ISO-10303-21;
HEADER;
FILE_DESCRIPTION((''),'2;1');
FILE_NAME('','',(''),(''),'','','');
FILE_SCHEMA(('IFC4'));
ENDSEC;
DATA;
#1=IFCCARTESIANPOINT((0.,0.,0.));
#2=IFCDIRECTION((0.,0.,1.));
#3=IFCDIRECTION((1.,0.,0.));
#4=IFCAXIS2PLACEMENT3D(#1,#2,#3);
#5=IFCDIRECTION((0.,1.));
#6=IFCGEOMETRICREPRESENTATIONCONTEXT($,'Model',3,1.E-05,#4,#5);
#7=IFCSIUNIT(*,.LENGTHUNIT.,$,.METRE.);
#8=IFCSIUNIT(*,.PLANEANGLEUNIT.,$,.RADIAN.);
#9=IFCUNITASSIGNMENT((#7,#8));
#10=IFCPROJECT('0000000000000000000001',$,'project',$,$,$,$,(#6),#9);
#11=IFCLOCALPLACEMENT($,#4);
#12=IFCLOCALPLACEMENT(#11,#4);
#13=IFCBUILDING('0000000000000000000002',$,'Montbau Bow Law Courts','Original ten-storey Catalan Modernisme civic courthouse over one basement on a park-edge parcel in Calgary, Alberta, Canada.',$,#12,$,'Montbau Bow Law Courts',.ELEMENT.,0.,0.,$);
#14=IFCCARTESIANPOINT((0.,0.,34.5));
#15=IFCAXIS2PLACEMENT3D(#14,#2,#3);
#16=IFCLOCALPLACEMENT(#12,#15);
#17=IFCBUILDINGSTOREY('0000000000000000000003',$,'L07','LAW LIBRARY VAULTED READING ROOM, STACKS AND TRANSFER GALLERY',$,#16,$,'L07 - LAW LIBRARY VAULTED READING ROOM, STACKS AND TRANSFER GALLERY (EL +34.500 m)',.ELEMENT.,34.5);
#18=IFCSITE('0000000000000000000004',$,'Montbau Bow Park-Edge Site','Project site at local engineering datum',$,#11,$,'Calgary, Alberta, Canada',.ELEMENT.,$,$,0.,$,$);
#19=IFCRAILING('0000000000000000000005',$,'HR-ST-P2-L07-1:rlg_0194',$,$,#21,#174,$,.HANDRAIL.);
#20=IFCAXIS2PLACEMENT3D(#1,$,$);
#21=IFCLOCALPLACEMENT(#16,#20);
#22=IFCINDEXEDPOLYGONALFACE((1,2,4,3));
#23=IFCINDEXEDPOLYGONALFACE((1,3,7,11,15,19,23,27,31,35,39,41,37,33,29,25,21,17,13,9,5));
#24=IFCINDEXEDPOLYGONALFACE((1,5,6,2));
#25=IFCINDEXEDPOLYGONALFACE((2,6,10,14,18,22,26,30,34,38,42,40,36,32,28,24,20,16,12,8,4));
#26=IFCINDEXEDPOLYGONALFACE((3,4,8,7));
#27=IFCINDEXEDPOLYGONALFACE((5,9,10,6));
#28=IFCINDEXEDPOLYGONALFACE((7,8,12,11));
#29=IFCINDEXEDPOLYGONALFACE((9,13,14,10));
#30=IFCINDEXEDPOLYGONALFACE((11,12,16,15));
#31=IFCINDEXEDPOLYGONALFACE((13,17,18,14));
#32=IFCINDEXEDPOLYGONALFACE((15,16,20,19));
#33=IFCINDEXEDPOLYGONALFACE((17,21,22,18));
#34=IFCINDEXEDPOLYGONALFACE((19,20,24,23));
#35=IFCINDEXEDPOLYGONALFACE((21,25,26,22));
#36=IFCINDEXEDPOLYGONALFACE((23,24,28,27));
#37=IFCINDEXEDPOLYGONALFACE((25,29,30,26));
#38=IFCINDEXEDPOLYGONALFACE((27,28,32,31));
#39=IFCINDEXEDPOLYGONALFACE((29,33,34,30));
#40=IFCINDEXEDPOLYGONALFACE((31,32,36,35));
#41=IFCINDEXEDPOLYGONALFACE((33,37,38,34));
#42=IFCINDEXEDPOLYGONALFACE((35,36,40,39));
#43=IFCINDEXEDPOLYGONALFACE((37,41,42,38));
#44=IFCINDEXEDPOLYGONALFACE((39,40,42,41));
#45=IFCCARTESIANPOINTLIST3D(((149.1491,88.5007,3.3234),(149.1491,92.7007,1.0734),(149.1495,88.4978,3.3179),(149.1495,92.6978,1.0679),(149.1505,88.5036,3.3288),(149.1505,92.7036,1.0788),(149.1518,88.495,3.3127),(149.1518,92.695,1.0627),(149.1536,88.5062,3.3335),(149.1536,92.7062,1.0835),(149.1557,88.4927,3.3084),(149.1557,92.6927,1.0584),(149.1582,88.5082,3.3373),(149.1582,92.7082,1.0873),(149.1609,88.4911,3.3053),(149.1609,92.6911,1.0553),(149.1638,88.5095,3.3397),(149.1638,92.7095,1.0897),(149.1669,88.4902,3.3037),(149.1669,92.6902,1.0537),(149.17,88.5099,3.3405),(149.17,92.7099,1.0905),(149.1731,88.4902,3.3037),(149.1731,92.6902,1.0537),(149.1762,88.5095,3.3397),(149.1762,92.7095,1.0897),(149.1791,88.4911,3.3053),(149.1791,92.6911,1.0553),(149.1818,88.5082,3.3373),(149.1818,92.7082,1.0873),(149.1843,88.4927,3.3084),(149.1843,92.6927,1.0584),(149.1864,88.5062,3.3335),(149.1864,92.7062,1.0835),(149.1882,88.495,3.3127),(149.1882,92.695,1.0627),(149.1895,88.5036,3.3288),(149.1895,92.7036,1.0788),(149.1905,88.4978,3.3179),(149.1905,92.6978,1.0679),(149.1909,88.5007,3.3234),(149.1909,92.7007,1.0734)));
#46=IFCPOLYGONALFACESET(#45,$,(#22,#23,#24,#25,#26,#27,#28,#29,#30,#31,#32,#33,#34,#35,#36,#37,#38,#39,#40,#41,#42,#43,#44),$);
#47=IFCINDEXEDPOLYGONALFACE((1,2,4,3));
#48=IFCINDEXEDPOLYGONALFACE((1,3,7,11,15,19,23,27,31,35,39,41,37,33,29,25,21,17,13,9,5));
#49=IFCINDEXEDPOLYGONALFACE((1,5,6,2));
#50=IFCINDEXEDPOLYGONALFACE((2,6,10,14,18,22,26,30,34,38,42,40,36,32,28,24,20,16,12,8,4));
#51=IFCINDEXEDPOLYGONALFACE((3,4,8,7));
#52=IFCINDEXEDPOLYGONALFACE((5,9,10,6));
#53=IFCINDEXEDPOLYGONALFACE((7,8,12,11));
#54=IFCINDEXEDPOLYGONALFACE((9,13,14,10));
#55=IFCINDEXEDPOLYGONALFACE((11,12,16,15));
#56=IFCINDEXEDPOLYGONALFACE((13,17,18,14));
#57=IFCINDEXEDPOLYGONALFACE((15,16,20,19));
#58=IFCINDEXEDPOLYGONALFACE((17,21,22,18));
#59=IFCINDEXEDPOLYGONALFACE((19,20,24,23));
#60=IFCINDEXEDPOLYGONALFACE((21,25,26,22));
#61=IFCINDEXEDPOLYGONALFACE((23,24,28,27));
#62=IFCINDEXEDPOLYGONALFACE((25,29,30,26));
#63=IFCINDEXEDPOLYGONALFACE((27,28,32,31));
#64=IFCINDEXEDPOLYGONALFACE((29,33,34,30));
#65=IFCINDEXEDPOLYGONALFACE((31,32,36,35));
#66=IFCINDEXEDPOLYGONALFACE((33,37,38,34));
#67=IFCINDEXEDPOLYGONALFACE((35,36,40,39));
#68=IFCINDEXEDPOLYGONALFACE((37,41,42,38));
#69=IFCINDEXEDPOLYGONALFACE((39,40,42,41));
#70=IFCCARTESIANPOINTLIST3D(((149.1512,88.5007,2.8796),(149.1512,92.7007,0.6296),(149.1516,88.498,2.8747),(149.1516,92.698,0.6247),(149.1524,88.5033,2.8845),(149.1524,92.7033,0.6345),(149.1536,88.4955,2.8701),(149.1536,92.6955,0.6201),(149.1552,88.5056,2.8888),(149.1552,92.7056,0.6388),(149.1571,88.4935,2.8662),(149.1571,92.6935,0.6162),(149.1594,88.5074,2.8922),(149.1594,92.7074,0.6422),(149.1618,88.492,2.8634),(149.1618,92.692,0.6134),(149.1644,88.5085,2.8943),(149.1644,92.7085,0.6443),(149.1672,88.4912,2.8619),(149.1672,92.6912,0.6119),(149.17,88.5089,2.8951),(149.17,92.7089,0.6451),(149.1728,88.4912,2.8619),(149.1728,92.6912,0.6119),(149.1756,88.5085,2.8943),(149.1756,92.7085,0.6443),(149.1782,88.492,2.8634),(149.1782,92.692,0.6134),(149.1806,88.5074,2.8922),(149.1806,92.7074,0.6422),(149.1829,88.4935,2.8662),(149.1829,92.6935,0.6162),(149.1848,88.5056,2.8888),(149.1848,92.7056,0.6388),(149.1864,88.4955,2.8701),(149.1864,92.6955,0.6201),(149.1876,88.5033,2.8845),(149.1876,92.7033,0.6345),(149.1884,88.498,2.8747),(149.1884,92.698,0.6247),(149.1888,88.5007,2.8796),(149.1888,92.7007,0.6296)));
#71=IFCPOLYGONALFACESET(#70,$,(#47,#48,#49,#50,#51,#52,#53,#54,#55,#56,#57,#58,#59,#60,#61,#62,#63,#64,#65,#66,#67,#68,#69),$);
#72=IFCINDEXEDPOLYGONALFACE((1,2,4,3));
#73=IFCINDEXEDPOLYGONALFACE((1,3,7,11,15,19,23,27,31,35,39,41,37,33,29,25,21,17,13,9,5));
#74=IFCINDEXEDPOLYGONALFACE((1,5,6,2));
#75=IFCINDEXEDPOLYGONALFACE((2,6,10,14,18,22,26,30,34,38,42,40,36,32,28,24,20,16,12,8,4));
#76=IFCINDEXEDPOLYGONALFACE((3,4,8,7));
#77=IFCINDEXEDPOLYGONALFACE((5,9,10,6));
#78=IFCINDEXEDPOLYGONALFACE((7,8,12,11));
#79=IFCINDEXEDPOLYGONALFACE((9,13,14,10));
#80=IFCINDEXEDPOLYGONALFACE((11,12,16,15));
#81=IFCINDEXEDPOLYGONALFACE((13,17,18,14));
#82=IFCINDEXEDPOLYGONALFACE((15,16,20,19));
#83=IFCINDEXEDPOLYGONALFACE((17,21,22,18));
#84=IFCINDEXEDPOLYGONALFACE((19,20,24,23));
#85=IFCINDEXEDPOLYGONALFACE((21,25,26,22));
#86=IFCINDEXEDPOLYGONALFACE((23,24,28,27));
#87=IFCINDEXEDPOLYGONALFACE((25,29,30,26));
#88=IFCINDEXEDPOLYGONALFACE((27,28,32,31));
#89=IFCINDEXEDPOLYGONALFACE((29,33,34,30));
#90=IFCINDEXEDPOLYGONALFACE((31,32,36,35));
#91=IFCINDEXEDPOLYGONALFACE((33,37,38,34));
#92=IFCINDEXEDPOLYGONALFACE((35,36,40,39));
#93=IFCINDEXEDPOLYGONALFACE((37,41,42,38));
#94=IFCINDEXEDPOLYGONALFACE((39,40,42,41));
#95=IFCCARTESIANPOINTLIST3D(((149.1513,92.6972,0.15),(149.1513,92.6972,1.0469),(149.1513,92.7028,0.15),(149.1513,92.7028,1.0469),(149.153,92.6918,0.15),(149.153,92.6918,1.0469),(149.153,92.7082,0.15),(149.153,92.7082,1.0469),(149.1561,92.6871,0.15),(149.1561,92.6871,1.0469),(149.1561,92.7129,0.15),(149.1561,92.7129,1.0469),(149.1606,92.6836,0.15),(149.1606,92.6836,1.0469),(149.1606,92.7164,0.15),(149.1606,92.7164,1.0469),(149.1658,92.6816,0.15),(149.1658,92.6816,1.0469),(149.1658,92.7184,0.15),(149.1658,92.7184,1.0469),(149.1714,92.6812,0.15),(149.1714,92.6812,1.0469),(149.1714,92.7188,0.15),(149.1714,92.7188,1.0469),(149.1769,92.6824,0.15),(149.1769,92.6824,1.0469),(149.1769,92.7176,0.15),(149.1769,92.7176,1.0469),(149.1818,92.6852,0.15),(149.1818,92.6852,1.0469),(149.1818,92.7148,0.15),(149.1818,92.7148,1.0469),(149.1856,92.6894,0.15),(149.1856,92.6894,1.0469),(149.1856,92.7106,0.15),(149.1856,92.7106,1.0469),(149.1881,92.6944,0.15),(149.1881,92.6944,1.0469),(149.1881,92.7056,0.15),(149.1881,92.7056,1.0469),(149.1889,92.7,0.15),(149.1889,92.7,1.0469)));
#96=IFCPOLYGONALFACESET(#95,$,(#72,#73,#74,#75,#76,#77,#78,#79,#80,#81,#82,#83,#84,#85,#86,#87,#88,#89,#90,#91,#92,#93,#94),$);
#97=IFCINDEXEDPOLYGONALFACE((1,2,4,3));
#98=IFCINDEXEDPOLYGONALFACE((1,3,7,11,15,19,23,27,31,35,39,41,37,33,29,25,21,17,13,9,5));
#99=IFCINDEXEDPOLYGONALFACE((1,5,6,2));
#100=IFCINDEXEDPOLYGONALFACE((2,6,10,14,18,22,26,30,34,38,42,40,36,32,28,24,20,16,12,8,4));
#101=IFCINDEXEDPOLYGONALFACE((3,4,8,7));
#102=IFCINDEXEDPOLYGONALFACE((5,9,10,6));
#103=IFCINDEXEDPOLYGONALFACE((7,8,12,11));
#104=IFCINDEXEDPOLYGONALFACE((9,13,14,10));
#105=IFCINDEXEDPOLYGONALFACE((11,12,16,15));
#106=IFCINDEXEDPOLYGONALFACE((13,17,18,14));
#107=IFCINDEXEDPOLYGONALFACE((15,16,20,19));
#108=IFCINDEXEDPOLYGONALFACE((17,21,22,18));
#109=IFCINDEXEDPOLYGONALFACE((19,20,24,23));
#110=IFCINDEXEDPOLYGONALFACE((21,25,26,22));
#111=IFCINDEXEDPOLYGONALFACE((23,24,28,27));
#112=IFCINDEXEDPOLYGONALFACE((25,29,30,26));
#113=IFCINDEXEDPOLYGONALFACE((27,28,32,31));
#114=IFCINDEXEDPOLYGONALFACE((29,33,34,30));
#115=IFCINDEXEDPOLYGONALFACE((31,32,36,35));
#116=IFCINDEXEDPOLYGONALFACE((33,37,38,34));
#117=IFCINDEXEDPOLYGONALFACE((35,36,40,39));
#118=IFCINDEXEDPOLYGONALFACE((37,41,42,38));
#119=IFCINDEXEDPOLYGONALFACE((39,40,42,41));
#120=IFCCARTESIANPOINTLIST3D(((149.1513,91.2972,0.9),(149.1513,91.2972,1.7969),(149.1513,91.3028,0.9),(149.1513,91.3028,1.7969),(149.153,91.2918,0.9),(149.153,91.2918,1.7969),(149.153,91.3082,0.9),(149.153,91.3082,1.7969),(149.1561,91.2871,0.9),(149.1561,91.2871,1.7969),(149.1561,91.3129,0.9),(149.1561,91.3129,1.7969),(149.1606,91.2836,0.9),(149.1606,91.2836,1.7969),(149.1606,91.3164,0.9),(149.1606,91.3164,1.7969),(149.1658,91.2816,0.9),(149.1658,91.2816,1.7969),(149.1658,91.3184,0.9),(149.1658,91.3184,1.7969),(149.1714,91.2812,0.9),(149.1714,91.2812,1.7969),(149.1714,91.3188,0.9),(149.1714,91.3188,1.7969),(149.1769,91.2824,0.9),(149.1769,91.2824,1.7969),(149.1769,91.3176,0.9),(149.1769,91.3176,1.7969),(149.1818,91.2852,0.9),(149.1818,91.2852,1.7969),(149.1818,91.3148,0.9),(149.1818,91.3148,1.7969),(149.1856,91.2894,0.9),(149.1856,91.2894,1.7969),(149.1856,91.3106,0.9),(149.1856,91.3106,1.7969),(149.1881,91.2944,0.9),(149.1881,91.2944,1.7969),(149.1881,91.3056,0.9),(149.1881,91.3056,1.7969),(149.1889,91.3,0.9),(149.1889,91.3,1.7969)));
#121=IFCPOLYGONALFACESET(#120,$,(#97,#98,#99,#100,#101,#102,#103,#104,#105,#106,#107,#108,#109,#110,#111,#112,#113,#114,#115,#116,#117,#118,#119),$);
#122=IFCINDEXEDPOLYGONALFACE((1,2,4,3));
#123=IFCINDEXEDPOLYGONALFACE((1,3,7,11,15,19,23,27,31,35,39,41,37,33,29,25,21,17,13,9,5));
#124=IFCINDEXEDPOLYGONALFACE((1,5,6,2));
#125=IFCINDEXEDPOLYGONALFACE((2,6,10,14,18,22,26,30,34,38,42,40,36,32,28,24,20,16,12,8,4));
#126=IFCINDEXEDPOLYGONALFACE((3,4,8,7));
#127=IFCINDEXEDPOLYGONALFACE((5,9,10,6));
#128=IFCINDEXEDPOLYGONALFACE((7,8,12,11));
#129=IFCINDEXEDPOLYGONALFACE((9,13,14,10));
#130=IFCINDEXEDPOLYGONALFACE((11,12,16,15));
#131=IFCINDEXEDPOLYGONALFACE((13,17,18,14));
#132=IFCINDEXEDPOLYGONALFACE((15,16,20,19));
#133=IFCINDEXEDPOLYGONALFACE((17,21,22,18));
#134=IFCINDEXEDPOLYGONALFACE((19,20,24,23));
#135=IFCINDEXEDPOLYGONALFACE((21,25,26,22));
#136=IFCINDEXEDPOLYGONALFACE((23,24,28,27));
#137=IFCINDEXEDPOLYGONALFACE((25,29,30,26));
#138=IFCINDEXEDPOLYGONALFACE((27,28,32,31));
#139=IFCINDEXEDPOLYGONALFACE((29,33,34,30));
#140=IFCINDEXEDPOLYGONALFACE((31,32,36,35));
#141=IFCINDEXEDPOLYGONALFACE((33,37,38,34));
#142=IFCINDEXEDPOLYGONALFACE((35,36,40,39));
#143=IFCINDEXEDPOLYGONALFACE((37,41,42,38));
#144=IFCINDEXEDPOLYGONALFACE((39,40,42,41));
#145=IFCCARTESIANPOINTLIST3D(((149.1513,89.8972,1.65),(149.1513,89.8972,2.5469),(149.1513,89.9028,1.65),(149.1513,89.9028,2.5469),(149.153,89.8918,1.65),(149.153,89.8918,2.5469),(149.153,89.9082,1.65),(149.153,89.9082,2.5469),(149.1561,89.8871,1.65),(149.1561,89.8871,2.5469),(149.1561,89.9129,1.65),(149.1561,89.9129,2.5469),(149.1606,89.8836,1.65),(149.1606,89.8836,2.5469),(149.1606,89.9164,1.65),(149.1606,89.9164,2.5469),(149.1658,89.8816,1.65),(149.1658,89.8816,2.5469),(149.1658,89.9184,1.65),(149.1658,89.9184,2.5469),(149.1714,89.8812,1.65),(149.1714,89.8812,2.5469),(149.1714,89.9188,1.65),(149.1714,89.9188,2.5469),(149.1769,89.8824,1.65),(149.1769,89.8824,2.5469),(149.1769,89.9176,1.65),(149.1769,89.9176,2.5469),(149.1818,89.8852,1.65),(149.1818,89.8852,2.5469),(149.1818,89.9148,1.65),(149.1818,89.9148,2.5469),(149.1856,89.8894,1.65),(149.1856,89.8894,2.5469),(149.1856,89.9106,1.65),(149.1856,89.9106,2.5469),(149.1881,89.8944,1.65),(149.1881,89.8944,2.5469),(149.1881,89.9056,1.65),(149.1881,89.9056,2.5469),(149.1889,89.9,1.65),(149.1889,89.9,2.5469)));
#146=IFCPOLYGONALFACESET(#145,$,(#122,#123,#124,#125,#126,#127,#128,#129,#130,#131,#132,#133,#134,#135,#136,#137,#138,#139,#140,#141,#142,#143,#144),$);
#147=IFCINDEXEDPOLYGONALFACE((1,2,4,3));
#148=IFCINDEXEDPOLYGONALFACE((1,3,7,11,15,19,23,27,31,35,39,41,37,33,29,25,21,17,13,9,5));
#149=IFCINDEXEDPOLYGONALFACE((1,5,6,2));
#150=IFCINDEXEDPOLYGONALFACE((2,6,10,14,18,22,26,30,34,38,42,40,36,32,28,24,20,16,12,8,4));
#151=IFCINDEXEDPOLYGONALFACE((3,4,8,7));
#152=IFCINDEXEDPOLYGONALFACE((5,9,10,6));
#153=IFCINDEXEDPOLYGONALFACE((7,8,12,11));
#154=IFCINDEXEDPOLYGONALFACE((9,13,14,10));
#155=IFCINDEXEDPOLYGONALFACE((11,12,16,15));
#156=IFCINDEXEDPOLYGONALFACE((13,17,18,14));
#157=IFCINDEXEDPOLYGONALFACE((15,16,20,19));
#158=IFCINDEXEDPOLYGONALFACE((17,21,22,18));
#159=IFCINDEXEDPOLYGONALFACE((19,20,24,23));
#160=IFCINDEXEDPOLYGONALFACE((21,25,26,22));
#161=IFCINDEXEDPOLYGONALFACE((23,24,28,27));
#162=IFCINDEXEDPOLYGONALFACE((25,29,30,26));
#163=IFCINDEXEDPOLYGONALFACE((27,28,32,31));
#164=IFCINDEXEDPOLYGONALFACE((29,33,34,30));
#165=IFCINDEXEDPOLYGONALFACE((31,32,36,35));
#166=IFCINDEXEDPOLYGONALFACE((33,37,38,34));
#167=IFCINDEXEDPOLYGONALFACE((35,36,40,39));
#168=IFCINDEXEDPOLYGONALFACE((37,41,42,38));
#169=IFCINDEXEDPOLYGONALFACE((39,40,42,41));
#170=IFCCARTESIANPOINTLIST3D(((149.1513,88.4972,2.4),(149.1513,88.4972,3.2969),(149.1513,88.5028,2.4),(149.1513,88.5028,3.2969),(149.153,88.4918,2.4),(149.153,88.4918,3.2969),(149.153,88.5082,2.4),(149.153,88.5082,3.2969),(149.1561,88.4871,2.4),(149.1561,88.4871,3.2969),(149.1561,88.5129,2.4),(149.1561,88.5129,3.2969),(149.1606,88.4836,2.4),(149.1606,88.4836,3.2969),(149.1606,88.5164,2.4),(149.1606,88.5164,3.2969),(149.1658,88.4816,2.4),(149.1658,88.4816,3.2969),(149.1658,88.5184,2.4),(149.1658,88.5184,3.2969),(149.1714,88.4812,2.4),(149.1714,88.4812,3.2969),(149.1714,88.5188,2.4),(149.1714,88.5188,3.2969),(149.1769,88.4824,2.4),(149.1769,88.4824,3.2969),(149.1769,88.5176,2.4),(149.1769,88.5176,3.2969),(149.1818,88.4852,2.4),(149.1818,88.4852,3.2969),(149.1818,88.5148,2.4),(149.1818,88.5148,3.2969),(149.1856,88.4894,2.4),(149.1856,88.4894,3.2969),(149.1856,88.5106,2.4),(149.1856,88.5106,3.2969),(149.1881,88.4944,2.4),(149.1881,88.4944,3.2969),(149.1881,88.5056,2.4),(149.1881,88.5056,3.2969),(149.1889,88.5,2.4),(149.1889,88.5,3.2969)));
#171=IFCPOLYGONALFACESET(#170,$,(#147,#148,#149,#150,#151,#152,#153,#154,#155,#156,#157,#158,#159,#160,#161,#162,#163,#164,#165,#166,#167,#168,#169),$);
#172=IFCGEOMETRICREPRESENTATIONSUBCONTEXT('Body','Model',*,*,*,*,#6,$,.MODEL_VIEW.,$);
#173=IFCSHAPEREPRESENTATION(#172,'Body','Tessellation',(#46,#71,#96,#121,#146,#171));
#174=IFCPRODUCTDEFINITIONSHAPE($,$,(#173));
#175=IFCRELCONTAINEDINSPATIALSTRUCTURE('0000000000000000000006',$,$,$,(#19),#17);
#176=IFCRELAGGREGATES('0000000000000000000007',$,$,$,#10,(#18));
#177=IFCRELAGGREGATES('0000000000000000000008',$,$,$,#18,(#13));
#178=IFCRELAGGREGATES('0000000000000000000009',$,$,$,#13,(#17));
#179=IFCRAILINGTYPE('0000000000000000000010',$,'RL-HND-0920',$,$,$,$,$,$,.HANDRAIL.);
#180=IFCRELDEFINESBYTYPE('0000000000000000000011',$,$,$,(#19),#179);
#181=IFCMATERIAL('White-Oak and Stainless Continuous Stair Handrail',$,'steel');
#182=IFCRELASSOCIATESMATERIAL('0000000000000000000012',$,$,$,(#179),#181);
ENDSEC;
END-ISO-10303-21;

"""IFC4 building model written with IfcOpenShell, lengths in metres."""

from ifc_helpers import new_model, si_unit, direction, frame, origin_with_axes, origin_2d_with_axis, place, context, subcontext, project, spatial, circle, extrude, material, type_object, element, save


model = new_model("IFC4")

# Units and contexts
model_context = context("Model", 3, precision=1e-05, world=origin_with_axes(), true_north=direction((0.0, 1.0)))
body_context = subcontext(model_context, "Body", "Model", "MODEL_VIEW")
ifc_project = project(units=[si_unit("LENGTHUNIT", "METRE"), si_unit("PLANEANGLEUNIT", "RADIAN")], contexts=[model_context])

# Site, building, storey
site_placement = place(None, origin_with_axes())
site = spatial("IfcSite", under=ifc_project, at=site_placement, Name="Montbau Bow Park-Edge Site", Description="Project site at local engineering datum", LongName="Calgary, Alberta, Canada", CompositionType="ELEMENT", RefElevation=0.0)
building_placement = place(site_placement, origin_with_axes())
building = spatial("IfcBuilding", under=site, at=building_placement, Name="Montbau Bow Law Courts", Description="Original ten-storey Catalan Modernisme civic courthouse over one basement on a park-edge parcel in Calgary, Alberta, Canada.", LongName="Montbau Bow Law Courts", CompositionType="ELEMENT", ElevationOfRefHeight=0.0, ElevationOfTerrain=0.0)
storey_placement = place(building_placement, frame((0.0, 0.0, 34.5), z_axis=(0.0, 0.0, 1.0), x_axis=(1.0, 0.0, 0.0)))
storey = spatial("IfcBuildingStorey", under=building, at=storey_placement, Name="L07", Description="LAW LIBRARY VAULTED READING ROOM, STACKS AND TRANSFER GALLERY", LongName="L07 - LAW LIBRARY VAULTED READING ROOM, STACKS AND TRANSFER GALLERY (EL +34.500 m)", CompositionType="ELEMENT", Elevation=34.5)

# Railing
ifc_material_1 = material(Name="White-Oak and Stainless Continuous Stair Handrail", Category="steel")
railing_type_1 = type_object("IfcRailingType", Name="RL-HND-0920", PredefinedType="HANDRAIL", material=ifc_material_1)
railing_1_placement = place(None, origin_with_axes())
element("IfcRailing", 1, at=railing_1_placement, inside=storey, type_object=railing_type_1, Name="HR-ST-P2-L07-1:rlg_0194", PredefinedType="HANDRAIL", context=body_context, shape_type="SweptSolid", body=[
    extrude(circle(Radius=0.021, at=origin_2d_with_axis()), frame((149.17, 92.7, 35.572), z_axis=(0.0, -0.88148, 0.472221), x_axis=(0.0, 0.472221, 0.88148)), (0.0, 0.0, 1.0), 4.7647),
    extrude(circle(Radius=0.0189, at=origin_2d_with_axis()), frame((149.17, 92.7, 35.1284), z_axis=(0.0, -0.88148, 0.472221), x_axis=(0.0, 0.472221, 0.88148)), (0.0, 0.0, 1.0), 4.7647),
    extrude(circle(Radius=0.0189, at=origin_2d_with_axis()), frame((149.17, 92.7, 34.65), z_axis=(0.0, 0.0, 1.0), x_axis=(1.0, 0.0, 0.0)), (0.0, 0.0, 1.0), 0.8969),
    extrude(circle(Radius=0.0189, at=origin_2d_with_axis()), frame((149.17, 91.3, 35.4), z_axis=(0.0, 0.0, 1.0), x_axis=(1.0, 0.0, 0.0)), (0.0, 0.0, 1.0), 0.8969),
    extrude(circle(Radius=0.0189, at=origin_2d_with_axis()), frame((149.17, 89.9, 36.15), z_axis=(0.0, 0.0, 1.0), x_axis=(1.0, 0.0, 0.0)), (0.0, 0.0, 1.0), 0.8969),
    extrude(circle(Radius=0.0189, at=origin_2d_with_axis()), frame((149.17, 88.5, 36.9), z_axis=(0.0, 0.0, 1.0), x_axis=(1.0, 0.0, 0.0)), (0.0, 0.0, 1.0), 0.8969),
])

save(model, "model.ifc")
